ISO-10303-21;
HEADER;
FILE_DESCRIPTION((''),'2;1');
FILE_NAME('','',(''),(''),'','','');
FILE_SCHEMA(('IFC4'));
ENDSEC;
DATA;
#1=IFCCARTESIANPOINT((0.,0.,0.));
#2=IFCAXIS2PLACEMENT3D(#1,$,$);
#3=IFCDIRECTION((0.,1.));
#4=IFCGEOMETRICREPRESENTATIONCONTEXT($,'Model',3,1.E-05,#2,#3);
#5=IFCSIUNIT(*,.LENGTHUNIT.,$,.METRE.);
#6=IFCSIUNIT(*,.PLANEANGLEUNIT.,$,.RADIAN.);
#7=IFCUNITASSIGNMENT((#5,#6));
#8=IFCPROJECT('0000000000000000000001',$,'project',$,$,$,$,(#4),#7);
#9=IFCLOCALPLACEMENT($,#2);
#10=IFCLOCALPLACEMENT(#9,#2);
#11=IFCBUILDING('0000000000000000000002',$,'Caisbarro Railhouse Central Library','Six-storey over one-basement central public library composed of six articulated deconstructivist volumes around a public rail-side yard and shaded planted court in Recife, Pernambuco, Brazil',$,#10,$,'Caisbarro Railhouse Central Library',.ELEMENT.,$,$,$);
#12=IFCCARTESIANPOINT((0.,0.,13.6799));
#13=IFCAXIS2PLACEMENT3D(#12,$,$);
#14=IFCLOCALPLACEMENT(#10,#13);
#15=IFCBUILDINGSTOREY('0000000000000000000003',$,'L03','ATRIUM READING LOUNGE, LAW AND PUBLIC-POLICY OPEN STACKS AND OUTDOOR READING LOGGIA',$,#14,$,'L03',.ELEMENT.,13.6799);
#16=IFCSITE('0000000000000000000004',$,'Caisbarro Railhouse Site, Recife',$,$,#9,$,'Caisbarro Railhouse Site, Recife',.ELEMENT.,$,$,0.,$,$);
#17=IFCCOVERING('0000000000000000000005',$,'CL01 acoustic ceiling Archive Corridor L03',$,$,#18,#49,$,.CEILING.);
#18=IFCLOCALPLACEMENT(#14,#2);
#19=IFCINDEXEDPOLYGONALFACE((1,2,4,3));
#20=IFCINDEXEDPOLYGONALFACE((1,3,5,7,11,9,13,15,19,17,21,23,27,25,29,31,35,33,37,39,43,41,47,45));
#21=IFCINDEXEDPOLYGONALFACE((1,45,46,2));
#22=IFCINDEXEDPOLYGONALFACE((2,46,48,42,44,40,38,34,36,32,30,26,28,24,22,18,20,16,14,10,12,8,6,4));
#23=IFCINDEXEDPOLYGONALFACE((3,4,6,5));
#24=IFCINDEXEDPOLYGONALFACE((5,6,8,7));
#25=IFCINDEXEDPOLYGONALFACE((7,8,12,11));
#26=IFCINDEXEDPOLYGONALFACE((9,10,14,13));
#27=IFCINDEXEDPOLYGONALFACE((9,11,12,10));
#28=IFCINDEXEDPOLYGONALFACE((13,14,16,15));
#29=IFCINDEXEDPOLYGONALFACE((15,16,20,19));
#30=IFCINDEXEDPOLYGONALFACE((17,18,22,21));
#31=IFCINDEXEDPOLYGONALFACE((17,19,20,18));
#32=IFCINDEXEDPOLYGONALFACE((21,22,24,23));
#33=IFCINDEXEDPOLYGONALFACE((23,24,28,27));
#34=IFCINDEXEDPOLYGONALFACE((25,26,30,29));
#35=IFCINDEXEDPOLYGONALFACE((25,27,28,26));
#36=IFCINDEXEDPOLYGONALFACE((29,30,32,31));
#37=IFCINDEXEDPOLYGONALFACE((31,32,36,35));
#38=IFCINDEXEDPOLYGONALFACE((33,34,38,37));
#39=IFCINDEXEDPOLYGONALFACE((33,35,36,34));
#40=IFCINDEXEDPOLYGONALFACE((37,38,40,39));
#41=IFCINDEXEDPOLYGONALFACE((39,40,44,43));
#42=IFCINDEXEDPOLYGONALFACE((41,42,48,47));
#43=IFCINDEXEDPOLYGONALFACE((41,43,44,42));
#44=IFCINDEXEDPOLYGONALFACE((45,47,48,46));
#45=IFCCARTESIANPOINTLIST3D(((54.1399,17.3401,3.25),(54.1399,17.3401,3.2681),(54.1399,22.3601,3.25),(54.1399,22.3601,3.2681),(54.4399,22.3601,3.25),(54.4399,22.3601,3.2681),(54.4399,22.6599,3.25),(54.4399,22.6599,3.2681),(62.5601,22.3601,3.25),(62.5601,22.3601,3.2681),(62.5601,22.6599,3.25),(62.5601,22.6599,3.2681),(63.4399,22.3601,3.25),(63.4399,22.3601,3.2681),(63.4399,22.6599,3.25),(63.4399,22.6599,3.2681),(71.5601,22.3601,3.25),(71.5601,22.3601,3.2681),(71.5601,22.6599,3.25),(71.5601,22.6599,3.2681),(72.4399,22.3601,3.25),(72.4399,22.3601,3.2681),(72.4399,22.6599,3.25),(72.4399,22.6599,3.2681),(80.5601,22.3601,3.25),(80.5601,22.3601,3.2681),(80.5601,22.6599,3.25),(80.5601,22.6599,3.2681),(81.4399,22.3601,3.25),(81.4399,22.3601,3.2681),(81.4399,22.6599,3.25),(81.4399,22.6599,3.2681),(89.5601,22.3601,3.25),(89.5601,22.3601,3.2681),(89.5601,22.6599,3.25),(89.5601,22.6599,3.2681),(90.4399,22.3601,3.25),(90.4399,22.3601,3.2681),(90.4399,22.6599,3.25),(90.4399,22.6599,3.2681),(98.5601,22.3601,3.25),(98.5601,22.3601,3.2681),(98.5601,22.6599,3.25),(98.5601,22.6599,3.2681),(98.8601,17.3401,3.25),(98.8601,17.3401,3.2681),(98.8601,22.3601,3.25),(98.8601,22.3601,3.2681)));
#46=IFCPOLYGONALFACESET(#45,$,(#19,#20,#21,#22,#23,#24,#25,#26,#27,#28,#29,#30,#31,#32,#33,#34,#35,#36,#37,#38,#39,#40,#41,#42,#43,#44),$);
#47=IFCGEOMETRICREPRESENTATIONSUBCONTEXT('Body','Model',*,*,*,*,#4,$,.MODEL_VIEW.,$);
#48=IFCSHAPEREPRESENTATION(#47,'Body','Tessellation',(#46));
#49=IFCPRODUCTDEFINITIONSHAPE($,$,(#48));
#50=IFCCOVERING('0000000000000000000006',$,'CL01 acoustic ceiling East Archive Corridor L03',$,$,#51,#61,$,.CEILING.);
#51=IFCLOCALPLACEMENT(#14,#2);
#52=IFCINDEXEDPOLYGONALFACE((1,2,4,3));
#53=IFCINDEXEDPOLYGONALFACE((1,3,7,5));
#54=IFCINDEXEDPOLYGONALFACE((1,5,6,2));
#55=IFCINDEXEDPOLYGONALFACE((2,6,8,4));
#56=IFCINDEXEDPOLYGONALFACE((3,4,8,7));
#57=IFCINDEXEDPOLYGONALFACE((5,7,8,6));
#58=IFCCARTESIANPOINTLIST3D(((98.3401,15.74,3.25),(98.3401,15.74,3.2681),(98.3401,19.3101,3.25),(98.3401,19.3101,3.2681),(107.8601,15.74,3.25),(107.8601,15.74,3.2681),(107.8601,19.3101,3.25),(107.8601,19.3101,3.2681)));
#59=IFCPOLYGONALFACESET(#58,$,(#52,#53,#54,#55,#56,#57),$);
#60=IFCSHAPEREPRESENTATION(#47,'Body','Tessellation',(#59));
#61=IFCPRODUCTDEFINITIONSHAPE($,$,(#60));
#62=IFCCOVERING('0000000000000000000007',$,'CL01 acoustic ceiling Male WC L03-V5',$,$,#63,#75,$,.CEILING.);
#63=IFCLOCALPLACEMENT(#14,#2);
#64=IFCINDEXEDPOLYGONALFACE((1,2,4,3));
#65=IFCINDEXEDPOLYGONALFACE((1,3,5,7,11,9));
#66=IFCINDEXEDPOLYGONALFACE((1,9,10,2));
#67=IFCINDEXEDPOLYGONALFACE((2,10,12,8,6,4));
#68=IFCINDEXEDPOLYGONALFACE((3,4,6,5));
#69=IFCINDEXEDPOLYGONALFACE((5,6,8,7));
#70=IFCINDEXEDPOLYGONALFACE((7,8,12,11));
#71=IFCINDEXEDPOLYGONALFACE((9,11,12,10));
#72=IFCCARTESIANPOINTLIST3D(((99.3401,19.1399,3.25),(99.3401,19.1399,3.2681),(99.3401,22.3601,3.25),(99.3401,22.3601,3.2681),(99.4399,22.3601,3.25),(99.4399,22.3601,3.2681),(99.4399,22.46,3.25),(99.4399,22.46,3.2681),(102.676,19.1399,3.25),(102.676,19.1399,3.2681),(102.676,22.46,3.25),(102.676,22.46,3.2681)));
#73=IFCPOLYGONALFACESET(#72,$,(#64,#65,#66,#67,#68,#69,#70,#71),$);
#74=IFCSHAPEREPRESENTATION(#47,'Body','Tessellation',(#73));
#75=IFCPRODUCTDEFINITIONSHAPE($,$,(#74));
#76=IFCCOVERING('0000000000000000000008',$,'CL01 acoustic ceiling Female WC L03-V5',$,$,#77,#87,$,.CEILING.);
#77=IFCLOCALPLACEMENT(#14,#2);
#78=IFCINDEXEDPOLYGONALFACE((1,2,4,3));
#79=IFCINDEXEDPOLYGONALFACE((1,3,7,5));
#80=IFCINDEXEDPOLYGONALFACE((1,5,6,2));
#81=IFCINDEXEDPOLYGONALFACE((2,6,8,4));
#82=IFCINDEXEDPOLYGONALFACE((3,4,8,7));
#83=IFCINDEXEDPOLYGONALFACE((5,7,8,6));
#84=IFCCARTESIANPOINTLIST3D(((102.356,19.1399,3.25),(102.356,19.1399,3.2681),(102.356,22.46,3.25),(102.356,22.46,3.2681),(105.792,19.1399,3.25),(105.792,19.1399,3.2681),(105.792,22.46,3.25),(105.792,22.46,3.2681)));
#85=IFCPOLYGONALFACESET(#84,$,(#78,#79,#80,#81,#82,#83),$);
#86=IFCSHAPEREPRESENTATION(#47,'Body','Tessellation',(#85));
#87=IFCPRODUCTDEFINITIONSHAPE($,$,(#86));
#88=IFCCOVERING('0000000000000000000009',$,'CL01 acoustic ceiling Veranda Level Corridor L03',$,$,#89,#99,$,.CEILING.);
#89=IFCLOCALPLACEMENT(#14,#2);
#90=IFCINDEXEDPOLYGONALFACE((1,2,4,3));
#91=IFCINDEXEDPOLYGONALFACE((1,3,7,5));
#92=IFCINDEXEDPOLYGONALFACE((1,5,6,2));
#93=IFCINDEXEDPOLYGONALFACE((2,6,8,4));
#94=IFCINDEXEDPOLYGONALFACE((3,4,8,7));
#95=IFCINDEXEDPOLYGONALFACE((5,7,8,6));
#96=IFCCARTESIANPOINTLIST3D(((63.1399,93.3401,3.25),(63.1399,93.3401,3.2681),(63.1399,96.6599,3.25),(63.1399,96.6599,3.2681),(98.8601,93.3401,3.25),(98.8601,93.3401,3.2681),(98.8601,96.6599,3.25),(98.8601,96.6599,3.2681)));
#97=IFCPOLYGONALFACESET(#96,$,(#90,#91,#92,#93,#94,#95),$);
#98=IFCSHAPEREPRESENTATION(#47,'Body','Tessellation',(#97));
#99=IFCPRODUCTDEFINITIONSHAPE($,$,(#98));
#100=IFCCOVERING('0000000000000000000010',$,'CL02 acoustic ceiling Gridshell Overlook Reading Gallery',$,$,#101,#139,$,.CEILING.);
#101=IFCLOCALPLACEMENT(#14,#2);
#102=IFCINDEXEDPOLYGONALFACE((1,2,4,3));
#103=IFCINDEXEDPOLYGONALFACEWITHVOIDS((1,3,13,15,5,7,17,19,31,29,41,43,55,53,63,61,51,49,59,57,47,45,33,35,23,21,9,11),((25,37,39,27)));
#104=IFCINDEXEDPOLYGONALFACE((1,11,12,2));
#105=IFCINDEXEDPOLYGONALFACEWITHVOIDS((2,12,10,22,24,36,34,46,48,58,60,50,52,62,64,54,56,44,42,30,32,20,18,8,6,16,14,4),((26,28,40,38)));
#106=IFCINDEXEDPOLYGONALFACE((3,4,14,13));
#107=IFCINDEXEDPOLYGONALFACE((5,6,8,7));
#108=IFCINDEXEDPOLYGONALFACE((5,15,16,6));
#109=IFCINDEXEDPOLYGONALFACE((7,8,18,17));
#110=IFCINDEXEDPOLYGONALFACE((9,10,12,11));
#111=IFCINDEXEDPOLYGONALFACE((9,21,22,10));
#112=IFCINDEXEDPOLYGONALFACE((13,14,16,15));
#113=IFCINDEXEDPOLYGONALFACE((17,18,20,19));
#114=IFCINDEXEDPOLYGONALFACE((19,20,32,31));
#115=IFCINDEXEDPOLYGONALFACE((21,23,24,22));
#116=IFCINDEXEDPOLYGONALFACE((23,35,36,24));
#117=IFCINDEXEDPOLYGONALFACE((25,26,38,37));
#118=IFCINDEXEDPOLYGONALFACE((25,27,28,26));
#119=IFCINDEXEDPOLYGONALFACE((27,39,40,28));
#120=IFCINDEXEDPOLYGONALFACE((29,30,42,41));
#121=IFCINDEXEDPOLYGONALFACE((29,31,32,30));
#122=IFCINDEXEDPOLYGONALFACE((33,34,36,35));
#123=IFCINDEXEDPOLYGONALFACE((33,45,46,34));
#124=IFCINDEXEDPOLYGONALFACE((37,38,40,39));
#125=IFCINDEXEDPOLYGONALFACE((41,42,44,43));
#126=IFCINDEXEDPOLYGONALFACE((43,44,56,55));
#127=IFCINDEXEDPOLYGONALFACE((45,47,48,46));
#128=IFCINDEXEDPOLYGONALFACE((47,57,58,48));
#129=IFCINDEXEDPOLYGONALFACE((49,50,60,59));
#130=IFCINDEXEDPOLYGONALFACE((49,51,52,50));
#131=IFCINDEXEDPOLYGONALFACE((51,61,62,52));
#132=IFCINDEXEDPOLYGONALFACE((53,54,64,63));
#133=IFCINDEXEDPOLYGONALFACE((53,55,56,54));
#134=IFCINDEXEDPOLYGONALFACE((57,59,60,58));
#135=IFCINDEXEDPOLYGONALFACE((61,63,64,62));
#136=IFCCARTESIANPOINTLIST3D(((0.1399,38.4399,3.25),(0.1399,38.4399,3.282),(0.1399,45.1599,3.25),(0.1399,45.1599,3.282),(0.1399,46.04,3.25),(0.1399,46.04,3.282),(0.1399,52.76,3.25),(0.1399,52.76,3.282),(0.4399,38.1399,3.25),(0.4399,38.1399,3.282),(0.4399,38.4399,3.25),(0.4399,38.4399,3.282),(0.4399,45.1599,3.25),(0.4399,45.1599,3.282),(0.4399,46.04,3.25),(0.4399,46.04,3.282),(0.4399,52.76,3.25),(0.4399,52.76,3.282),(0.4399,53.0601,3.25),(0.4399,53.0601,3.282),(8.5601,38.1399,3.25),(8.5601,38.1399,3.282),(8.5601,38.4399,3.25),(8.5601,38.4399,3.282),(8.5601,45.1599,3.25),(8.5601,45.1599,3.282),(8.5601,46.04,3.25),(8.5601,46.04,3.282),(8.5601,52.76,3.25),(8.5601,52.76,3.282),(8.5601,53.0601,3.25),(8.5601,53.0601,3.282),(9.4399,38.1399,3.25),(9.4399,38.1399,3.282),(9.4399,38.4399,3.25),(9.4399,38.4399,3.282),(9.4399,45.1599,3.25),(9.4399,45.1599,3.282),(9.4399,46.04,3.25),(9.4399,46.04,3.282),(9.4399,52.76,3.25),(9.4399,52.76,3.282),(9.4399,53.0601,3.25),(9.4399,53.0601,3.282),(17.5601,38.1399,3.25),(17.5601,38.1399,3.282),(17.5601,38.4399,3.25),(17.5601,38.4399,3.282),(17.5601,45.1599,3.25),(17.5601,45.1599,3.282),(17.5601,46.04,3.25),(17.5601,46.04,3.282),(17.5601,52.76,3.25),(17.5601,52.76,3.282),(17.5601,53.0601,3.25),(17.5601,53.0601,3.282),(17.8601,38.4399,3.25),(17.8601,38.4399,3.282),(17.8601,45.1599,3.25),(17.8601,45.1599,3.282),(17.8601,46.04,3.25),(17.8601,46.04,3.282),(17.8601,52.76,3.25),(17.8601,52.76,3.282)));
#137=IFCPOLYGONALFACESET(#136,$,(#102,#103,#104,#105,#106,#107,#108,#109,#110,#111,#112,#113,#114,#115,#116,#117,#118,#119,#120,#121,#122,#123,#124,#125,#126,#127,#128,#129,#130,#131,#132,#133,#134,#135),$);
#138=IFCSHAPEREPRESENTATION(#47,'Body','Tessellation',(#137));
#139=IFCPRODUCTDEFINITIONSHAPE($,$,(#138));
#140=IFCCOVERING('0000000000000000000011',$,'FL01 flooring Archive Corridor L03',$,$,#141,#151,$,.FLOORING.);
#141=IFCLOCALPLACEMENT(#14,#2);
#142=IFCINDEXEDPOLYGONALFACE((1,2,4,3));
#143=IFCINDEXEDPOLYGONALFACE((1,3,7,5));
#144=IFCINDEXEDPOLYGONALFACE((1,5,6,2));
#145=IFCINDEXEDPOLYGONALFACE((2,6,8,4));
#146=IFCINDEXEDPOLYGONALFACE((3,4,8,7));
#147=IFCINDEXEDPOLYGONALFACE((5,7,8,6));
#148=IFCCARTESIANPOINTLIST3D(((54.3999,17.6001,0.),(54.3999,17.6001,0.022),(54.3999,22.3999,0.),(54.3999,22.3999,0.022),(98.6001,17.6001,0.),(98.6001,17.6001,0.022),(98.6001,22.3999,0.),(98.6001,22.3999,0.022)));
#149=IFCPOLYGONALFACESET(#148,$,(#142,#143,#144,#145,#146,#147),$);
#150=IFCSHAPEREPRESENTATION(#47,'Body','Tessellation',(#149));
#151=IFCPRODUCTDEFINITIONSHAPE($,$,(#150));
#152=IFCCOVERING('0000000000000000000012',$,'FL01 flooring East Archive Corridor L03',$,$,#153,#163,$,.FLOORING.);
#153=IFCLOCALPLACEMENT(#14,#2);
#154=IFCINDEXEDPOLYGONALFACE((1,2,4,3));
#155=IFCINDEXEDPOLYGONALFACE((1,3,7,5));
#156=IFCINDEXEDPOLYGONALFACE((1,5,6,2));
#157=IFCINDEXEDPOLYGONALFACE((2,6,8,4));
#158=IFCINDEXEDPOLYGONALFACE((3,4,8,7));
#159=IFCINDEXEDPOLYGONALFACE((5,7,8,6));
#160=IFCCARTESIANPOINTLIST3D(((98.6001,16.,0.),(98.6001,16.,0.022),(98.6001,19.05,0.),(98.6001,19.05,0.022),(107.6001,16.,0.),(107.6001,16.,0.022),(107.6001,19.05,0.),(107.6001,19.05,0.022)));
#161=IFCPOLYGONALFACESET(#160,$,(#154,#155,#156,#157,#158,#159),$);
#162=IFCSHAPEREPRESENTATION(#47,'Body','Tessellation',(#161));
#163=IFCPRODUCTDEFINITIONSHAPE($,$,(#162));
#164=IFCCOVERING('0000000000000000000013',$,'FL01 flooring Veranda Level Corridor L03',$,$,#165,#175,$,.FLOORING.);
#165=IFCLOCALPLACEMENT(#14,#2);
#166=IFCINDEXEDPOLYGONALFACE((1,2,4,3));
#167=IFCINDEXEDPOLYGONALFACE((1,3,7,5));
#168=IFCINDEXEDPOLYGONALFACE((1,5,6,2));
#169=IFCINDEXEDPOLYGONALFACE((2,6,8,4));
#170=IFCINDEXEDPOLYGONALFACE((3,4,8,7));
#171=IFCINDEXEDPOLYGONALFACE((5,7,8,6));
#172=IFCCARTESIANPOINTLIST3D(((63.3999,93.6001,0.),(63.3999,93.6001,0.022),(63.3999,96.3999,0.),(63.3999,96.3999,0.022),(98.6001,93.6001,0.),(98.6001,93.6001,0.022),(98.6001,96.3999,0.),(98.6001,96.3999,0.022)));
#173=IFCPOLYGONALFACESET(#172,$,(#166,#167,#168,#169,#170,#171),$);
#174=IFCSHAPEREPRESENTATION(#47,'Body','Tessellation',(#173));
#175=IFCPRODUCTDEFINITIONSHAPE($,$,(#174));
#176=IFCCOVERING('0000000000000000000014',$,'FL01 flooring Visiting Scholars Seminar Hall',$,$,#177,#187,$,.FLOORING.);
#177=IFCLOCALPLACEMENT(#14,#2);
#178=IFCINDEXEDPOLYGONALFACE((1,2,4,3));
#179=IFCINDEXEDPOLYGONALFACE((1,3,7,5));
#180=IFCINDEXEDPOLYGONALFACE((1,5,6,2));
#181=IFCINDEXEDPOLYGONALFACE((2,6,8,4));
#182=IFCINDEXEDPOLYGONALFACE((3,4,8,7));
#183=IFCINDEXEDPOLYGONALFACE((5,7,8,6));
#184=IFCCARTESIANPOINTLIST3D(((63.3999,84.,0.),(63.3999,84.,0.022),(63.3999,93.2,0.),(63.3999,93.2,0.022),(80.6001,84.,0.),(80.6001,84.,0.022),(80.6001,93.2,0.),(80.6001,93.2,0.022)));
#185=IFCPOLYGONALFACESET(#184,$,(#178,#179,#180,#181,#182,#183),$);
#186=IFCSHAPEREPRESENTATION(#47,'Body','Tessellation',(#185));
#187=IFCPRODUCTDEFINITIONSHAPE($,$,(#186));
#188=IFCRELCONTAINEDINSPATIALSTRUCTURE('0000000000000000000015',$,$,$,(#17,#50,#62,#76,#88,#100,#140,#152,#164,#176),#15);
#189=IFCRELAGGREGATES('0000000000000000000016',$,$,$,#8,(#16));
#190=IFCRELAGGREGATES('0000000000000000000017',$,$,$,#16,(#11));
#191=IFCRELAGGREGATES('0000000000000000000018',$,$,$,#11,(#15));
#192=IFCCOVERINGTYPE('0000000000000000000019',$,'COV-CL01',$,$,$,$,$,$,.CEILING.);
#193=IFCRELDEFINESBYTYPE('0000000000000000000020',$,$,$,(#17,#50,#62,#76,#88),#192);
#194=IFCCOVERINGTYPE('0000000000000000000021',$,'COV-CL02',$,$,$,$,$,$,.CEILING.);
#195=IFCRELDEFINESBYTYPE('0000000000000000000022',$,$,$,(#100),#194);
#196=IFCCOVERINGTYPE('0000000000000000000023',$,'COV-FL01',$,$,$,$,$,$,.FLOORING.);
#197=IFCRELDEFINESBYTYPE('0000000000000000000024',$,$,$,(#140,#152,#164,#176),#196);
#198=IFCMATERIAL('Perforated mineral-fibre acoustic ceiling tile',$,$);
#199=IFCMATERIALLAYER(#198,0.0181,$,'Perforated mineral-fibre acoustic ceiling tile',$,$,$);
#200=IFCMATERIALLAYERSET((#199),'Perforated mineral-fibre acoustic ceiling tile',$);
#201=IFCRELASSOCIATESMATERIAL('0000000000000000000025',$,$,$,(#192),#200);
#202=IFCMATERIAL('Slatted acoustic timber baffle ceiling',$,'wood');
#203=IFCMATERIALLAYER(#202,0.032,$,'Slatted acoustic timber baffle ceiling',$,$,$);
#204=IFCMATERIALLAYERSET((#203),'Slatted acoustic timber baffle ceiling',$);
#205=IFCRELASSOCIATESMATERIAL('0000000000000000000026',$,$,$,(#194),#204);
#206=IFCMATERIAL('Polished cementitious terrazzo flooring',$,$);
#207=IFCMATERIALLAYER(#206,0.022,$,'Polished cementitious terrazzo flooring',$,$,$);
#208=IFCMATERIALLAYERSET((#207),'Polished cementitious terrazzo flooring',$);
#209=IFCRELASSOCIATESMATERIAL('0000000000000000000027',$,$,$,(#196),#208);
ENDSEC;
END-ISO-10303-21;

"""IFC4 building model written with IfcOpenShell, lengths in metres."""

from ifc_helpers import new_model, si_unit, direction, frame, origin, place, context, subcontext, project, spatial, polyline, outline, extrude, material, layer, layer_set, type_object, element, save


model = new_model("IFC4")

# Units and contexts
model_context = context("Model", 3, precision=1e-05, world=origin(), true_north=direction((0.0, 1.0)))
body_context = subcontext(model_context, "Body", "Model", "MODEL_VIEW")
ifc_project = project(units=[si_unit("LENGTHUNIT", "METRE"), si_unit("PLANEANGLEUNIT", "RADIAN")], contexts=[model_context])

# Site, building, storey
site_placement = place(None, origin())
site = spatial("IfcSite", under=ifc_project, at=site_placement, Name="Caisbarro Railhouse Site, Recife", LongName="Caisbarro Railhouse Site, Recife", CompositionType="ELEMENT", RefElevation=0.0)
building_placement = place(site_placement, origin())
building = spatial("IfcBuilding", under=site, at=building_placement, Name="Caisbarro Railhouse Central Library", Description="Six-storey over one-basement central public library composed of six articulated deconstructivist volumes around a public rail-side yard and shaded planted court in Recife, Pernambuco, Brazil", LongName="Caisbarro Railhouse Central Library", CompositionType="ELEMENT")
storey_placement = place(building_placement, frame((0.0, 0.0, 13.6799)))
storey = spatial("IfcBuildingStorey", under=building, at=storey_placement, Name="L03", Description="ATRIUM READING LOUNGE, LAW AND PUBLIC-POLICY OPEN STACKS AND OUTDOOR READING LOGGIA", LongName="L03", CompositionType="ELEMENT", Elevation=13.6799)

# Coverings
ifc_material_1 = material(Name="Perforated mineral-fibre acoustic ceiling tile")
ifc_layer_1 = layer(ifc_material_1, 0.0181, Name="Perforated mineral-fibre acoustic ceiling tile")
ifc_layer_set_1 = layer_set([ifc_layer_1], Name="Perforated mineral-fibre acoustic ceiling tile")
covering_type_1 = type_object("IfcCoveringType", Name="COV-CL01", PredefinedType="CEILING", material=ifc_layer_set_1)
covering_1_placement = place(storey_placement, frame((0.0, 0.0, 3.25)))
element("IfcCovering", 1, at=covering_1_placement, inside=storey, type_object=covering_type_1, Name="CL01 acoustic ceiling Archive Corridor L03", PredefinedType="CEILING", context=body_context, shape_type="SweptSolid", body=[
    extrude(outline(polyline([(63.4399, 22.3601), (63.4399, 22.6599), (71.5601, 22.6599), (71.5601, 22.3601), (72.4399, 22.3601), (72.4399, 22.6599), (80.5601, 22.6599), (80.5601, 22.3601), (81.4399, 22.3601), (81.4399, 22.6599), (89.5601, 22.6599), (89.5601, 22.3601), (90.4399, 22.3601), (90.4399, 22.6599), (98.5601, 22.6599), (98.5601, 22.3601), (98.8601, 22.3601), (98.8601, 17.3401), (54.1399, 17.3401), (54.1399, 22.3601), (54.4399, 22.3601), (54.4399, 22.6599), (62.5601, 22.6599), (62.5601, 22.3601), (63.4399, 22.3601)])), origin(), (0.0, 0.0, 1.0), 0.0181),
])
covering_2_placement = place(storey_placement, frame((0.0, 0.0, 3.25)))
element("IfcCovering", 2, at=covering_2_placement, inside=storey, type_object=covering_type_1, Name="CL01 acoustic ceiling East Archive Corridor L03", PredefinedType="CEILING", context=body_context, shape_type="SweptSolid", body=[
    extrude(outline(polyline([(98.3401, 15.74), (98.3401, 19.3101), (107.8601, 19.3101), (107.8601, 15.74), (98.3401, 15.74)])), origin(), (0.0, 0.0, 1.0), 0.0181),
])
covering_3_placement = place(storey_placement, frame((0.0, 0.0, 3.25)))
element("IfcCovering", 3, at=covering_3_placement, inside=storey, type_object=covering_type_1, Name="CL01 acoustic ceiling Male WC L03-V5", PredefinedType="CEILING", context=body_context, shape_type="SweptSolid", body=[
    extrude(outline(polyline([(99.3401, 22.3601), (99.4399, 22.3601), (99.4399, 22.46), (102.676, 22.46), (102.676, 19.1399), (99.3401, 19.1399), (99.3401, 22.3601)])), origin(), (0.0, 0.0, 1.0), 0.0181),
])
covering_4_placement = place(storey_placement, frame((0.0, 0.0, 3.25)))
element("IfcCovering", 4, at=covering_4_placement, inside=storey, type_object=covering_type_1, Name="CL01 acoustic ceiling Female WC L03-V5", PredefinedType="CEILING", context=body_context, shape_type="SweptSolid", body=[
    extrude(outline(polyline([(102.356, 19.1399), (102.356, 22.46), (105.792, 22.46), (105.792, 19.1399), (102.356, 19.1399)])), origin(), (0.0, 0.0, 1.0), 0.0181),
])
covering_5_placement = place(storey_placement, frame((0.0, 0.0, 3.25)))
element("IfcCovering", 5, at=covering_5_placement, inside=storey, type_object=covering_type_1, Name="CL01 acoustic ceiling Veranda Level Corridor L03", PredefinedType="CEILING", context=body_context, shape_type="SweptSolid", body=[
    extrude(outline(polyline([(63.1399, 93.3401), (63.1399, 96.6599), (98.8601, 96.6599), (98.8601, 93.3401), (63.1399, 93.3401)])), origin(), (0.0, 0.0, 1.0), 0.0181),
])
ifc_material_2 = material(Name="Slatted acoustic timber baffle ceiling", Category="wood")
ifc_layer_2 = layer(ifc_material_2, 0.032, Name="Slatted acoustic timber baffle ceiling")
ifc_layer_set_2 = layer_set([ifc_layer_2], Name="Slatted acoustic timber baffle ceiling")
covering_type_2 = type_object("IfcCoveringType", Name="COV-CL02", PredefinedType="CEILING", material=ifc_layer_set_2)
covering_6_placement = place(storey_placement, frame((0.0, 0.0, 3.25)))
element("IfcCovering", 6, at=covering_6_placement, inside=storey, type_object=covering_type_2, Name="CL02 acoustic ceiling Gridshell Overlook Reading Gallery", PredefinedType="CEILING", context=body_context, shape_type="SweptSolid", body=[
    extrude(outline(polyline([(0.4399, 38.4399), (0.1399, 38.4399), (0.1399, 45.1599), (0.4399, 45.1599), (0.4399, 46.04), (0.1399, 46.04), (0.1399, 52.76), (0.4399, 52.76), (0.4399, 53.0601), (8.5601, 53.0601), (8.5601, 52.76), (9.4399, 52.76), (9.4399, 53.0601), (17.5601, 53.0601), (17.5601, 52.76), (17.8601, 52.76), (17.8601, 46.04), (17.5601, 46.04), (17.5601, 45.1599), (17.8601, 45.1599), (17.8601, 38.4399), (17.5601, 38.4399), (17.5601, 38.1399), (9.4399, 38.1399), (9.4399, 38.4399), (8.5601, 38.4399), (8.5601, 38.1399), (0.4399, 38.1399), (0.4399, 38.4399)]), holes=[polyline([(9.4399, 46.04), (8.5601, 46.04), (8.5601, 45.1599), (9.4399, 45.1599), (9.4399, 46.04)])]), origin(), (0.0, 0.0, 1.0), 0.032),
])
ifc_material_3 = material(Name="Polished cementitious terrazzo flooring")
ifc_layer_3 = layer(ifc_material_3, 0.022, Name="Polished cementitious terrazzo flooring")
ifc_layer_set_3 = layer_set([ifc_layer_3], Name="Polished cementitious terrazzo flooring")
covering_type_3 = type_object("IfcCoveringType", Name="COV-FL01", PredefinedType="FLOORING", material=ifc_layer_set_3)
covering_7_placement = place(storey_placement, origin())
element("IfcCovering", 7, at=covering_7_placement, inside=storey, type_object=covering_type_3, Name="FL01 flooring Archive Corridor L03", PredefinedType="FLOORING", context=body_context, shape_type="SweptSolid", body=[
    extrude(outline(polyline([(54.3999, 17.6001), (98.6001, 17.6001), (98.6001, 22.3999), (54.3999, 22.3999), (54.3999, 17.6001)])), origin(), (0.0, 0.0, 1.0), 0.022),
])
covering_8_placement = place(storey_placement, origin())
element("IfcCovering", 8, at=covering_8_placement, inside=storey, type_object=covering_type_3, Name="FL01 flooring East Archive Corridor L03", PredefinedType="FLOORING", context=body_context, shape_type="SweptSolid", body=[
    extrude(outline(polyline([(98.6001, 16.0), (107.6001, 16.0), (107.6001, 19.05), (98.6001, 19.05), (98.6001, 16.0)])), origin(), (0.0, 0.0, 1.0), 0.022),
])
covering_9_placement = place(storey_placement, origin())
element("IfcCovering", 9, at=covering_9_placement, inside=storey, type_object=covering_type_3, Name="FL01 flooring Veranda Level Corridor L03", PredefinedType="FLOORING", context=body_context, shape_type="SweptSolid", body=[
    extrude(outline(polyline([(63.3999, 93.6001), (98.6001, 93.6001), (98.6001, 96.3999), (63.3999, 96.3999), (63.3999, 93.6001)])), origin(), (0.0, 0.0, 1.0), 0.022),
])
covering_10_placement = place(storey_placement, origin())
element("IfcCovering", 10, at=covering_10_placement, inside=storey, type_object=covering_type_3, Name="FL01 flooring Visiting Scholars Seminar Hall", PredefinedType="FLOORING", context=body_context, shape_type="SweptSolid", body=[
    extrude(outline(polyline([(63.3999, 84.0), (80.6001, 84.0), (80.6001, 93.2), (63.3999, 93.2), (63.3999, 84.0)])), origin(), (0.0, 0.0, 1.0), 0.022),
])

save(model, "model.ifc")
